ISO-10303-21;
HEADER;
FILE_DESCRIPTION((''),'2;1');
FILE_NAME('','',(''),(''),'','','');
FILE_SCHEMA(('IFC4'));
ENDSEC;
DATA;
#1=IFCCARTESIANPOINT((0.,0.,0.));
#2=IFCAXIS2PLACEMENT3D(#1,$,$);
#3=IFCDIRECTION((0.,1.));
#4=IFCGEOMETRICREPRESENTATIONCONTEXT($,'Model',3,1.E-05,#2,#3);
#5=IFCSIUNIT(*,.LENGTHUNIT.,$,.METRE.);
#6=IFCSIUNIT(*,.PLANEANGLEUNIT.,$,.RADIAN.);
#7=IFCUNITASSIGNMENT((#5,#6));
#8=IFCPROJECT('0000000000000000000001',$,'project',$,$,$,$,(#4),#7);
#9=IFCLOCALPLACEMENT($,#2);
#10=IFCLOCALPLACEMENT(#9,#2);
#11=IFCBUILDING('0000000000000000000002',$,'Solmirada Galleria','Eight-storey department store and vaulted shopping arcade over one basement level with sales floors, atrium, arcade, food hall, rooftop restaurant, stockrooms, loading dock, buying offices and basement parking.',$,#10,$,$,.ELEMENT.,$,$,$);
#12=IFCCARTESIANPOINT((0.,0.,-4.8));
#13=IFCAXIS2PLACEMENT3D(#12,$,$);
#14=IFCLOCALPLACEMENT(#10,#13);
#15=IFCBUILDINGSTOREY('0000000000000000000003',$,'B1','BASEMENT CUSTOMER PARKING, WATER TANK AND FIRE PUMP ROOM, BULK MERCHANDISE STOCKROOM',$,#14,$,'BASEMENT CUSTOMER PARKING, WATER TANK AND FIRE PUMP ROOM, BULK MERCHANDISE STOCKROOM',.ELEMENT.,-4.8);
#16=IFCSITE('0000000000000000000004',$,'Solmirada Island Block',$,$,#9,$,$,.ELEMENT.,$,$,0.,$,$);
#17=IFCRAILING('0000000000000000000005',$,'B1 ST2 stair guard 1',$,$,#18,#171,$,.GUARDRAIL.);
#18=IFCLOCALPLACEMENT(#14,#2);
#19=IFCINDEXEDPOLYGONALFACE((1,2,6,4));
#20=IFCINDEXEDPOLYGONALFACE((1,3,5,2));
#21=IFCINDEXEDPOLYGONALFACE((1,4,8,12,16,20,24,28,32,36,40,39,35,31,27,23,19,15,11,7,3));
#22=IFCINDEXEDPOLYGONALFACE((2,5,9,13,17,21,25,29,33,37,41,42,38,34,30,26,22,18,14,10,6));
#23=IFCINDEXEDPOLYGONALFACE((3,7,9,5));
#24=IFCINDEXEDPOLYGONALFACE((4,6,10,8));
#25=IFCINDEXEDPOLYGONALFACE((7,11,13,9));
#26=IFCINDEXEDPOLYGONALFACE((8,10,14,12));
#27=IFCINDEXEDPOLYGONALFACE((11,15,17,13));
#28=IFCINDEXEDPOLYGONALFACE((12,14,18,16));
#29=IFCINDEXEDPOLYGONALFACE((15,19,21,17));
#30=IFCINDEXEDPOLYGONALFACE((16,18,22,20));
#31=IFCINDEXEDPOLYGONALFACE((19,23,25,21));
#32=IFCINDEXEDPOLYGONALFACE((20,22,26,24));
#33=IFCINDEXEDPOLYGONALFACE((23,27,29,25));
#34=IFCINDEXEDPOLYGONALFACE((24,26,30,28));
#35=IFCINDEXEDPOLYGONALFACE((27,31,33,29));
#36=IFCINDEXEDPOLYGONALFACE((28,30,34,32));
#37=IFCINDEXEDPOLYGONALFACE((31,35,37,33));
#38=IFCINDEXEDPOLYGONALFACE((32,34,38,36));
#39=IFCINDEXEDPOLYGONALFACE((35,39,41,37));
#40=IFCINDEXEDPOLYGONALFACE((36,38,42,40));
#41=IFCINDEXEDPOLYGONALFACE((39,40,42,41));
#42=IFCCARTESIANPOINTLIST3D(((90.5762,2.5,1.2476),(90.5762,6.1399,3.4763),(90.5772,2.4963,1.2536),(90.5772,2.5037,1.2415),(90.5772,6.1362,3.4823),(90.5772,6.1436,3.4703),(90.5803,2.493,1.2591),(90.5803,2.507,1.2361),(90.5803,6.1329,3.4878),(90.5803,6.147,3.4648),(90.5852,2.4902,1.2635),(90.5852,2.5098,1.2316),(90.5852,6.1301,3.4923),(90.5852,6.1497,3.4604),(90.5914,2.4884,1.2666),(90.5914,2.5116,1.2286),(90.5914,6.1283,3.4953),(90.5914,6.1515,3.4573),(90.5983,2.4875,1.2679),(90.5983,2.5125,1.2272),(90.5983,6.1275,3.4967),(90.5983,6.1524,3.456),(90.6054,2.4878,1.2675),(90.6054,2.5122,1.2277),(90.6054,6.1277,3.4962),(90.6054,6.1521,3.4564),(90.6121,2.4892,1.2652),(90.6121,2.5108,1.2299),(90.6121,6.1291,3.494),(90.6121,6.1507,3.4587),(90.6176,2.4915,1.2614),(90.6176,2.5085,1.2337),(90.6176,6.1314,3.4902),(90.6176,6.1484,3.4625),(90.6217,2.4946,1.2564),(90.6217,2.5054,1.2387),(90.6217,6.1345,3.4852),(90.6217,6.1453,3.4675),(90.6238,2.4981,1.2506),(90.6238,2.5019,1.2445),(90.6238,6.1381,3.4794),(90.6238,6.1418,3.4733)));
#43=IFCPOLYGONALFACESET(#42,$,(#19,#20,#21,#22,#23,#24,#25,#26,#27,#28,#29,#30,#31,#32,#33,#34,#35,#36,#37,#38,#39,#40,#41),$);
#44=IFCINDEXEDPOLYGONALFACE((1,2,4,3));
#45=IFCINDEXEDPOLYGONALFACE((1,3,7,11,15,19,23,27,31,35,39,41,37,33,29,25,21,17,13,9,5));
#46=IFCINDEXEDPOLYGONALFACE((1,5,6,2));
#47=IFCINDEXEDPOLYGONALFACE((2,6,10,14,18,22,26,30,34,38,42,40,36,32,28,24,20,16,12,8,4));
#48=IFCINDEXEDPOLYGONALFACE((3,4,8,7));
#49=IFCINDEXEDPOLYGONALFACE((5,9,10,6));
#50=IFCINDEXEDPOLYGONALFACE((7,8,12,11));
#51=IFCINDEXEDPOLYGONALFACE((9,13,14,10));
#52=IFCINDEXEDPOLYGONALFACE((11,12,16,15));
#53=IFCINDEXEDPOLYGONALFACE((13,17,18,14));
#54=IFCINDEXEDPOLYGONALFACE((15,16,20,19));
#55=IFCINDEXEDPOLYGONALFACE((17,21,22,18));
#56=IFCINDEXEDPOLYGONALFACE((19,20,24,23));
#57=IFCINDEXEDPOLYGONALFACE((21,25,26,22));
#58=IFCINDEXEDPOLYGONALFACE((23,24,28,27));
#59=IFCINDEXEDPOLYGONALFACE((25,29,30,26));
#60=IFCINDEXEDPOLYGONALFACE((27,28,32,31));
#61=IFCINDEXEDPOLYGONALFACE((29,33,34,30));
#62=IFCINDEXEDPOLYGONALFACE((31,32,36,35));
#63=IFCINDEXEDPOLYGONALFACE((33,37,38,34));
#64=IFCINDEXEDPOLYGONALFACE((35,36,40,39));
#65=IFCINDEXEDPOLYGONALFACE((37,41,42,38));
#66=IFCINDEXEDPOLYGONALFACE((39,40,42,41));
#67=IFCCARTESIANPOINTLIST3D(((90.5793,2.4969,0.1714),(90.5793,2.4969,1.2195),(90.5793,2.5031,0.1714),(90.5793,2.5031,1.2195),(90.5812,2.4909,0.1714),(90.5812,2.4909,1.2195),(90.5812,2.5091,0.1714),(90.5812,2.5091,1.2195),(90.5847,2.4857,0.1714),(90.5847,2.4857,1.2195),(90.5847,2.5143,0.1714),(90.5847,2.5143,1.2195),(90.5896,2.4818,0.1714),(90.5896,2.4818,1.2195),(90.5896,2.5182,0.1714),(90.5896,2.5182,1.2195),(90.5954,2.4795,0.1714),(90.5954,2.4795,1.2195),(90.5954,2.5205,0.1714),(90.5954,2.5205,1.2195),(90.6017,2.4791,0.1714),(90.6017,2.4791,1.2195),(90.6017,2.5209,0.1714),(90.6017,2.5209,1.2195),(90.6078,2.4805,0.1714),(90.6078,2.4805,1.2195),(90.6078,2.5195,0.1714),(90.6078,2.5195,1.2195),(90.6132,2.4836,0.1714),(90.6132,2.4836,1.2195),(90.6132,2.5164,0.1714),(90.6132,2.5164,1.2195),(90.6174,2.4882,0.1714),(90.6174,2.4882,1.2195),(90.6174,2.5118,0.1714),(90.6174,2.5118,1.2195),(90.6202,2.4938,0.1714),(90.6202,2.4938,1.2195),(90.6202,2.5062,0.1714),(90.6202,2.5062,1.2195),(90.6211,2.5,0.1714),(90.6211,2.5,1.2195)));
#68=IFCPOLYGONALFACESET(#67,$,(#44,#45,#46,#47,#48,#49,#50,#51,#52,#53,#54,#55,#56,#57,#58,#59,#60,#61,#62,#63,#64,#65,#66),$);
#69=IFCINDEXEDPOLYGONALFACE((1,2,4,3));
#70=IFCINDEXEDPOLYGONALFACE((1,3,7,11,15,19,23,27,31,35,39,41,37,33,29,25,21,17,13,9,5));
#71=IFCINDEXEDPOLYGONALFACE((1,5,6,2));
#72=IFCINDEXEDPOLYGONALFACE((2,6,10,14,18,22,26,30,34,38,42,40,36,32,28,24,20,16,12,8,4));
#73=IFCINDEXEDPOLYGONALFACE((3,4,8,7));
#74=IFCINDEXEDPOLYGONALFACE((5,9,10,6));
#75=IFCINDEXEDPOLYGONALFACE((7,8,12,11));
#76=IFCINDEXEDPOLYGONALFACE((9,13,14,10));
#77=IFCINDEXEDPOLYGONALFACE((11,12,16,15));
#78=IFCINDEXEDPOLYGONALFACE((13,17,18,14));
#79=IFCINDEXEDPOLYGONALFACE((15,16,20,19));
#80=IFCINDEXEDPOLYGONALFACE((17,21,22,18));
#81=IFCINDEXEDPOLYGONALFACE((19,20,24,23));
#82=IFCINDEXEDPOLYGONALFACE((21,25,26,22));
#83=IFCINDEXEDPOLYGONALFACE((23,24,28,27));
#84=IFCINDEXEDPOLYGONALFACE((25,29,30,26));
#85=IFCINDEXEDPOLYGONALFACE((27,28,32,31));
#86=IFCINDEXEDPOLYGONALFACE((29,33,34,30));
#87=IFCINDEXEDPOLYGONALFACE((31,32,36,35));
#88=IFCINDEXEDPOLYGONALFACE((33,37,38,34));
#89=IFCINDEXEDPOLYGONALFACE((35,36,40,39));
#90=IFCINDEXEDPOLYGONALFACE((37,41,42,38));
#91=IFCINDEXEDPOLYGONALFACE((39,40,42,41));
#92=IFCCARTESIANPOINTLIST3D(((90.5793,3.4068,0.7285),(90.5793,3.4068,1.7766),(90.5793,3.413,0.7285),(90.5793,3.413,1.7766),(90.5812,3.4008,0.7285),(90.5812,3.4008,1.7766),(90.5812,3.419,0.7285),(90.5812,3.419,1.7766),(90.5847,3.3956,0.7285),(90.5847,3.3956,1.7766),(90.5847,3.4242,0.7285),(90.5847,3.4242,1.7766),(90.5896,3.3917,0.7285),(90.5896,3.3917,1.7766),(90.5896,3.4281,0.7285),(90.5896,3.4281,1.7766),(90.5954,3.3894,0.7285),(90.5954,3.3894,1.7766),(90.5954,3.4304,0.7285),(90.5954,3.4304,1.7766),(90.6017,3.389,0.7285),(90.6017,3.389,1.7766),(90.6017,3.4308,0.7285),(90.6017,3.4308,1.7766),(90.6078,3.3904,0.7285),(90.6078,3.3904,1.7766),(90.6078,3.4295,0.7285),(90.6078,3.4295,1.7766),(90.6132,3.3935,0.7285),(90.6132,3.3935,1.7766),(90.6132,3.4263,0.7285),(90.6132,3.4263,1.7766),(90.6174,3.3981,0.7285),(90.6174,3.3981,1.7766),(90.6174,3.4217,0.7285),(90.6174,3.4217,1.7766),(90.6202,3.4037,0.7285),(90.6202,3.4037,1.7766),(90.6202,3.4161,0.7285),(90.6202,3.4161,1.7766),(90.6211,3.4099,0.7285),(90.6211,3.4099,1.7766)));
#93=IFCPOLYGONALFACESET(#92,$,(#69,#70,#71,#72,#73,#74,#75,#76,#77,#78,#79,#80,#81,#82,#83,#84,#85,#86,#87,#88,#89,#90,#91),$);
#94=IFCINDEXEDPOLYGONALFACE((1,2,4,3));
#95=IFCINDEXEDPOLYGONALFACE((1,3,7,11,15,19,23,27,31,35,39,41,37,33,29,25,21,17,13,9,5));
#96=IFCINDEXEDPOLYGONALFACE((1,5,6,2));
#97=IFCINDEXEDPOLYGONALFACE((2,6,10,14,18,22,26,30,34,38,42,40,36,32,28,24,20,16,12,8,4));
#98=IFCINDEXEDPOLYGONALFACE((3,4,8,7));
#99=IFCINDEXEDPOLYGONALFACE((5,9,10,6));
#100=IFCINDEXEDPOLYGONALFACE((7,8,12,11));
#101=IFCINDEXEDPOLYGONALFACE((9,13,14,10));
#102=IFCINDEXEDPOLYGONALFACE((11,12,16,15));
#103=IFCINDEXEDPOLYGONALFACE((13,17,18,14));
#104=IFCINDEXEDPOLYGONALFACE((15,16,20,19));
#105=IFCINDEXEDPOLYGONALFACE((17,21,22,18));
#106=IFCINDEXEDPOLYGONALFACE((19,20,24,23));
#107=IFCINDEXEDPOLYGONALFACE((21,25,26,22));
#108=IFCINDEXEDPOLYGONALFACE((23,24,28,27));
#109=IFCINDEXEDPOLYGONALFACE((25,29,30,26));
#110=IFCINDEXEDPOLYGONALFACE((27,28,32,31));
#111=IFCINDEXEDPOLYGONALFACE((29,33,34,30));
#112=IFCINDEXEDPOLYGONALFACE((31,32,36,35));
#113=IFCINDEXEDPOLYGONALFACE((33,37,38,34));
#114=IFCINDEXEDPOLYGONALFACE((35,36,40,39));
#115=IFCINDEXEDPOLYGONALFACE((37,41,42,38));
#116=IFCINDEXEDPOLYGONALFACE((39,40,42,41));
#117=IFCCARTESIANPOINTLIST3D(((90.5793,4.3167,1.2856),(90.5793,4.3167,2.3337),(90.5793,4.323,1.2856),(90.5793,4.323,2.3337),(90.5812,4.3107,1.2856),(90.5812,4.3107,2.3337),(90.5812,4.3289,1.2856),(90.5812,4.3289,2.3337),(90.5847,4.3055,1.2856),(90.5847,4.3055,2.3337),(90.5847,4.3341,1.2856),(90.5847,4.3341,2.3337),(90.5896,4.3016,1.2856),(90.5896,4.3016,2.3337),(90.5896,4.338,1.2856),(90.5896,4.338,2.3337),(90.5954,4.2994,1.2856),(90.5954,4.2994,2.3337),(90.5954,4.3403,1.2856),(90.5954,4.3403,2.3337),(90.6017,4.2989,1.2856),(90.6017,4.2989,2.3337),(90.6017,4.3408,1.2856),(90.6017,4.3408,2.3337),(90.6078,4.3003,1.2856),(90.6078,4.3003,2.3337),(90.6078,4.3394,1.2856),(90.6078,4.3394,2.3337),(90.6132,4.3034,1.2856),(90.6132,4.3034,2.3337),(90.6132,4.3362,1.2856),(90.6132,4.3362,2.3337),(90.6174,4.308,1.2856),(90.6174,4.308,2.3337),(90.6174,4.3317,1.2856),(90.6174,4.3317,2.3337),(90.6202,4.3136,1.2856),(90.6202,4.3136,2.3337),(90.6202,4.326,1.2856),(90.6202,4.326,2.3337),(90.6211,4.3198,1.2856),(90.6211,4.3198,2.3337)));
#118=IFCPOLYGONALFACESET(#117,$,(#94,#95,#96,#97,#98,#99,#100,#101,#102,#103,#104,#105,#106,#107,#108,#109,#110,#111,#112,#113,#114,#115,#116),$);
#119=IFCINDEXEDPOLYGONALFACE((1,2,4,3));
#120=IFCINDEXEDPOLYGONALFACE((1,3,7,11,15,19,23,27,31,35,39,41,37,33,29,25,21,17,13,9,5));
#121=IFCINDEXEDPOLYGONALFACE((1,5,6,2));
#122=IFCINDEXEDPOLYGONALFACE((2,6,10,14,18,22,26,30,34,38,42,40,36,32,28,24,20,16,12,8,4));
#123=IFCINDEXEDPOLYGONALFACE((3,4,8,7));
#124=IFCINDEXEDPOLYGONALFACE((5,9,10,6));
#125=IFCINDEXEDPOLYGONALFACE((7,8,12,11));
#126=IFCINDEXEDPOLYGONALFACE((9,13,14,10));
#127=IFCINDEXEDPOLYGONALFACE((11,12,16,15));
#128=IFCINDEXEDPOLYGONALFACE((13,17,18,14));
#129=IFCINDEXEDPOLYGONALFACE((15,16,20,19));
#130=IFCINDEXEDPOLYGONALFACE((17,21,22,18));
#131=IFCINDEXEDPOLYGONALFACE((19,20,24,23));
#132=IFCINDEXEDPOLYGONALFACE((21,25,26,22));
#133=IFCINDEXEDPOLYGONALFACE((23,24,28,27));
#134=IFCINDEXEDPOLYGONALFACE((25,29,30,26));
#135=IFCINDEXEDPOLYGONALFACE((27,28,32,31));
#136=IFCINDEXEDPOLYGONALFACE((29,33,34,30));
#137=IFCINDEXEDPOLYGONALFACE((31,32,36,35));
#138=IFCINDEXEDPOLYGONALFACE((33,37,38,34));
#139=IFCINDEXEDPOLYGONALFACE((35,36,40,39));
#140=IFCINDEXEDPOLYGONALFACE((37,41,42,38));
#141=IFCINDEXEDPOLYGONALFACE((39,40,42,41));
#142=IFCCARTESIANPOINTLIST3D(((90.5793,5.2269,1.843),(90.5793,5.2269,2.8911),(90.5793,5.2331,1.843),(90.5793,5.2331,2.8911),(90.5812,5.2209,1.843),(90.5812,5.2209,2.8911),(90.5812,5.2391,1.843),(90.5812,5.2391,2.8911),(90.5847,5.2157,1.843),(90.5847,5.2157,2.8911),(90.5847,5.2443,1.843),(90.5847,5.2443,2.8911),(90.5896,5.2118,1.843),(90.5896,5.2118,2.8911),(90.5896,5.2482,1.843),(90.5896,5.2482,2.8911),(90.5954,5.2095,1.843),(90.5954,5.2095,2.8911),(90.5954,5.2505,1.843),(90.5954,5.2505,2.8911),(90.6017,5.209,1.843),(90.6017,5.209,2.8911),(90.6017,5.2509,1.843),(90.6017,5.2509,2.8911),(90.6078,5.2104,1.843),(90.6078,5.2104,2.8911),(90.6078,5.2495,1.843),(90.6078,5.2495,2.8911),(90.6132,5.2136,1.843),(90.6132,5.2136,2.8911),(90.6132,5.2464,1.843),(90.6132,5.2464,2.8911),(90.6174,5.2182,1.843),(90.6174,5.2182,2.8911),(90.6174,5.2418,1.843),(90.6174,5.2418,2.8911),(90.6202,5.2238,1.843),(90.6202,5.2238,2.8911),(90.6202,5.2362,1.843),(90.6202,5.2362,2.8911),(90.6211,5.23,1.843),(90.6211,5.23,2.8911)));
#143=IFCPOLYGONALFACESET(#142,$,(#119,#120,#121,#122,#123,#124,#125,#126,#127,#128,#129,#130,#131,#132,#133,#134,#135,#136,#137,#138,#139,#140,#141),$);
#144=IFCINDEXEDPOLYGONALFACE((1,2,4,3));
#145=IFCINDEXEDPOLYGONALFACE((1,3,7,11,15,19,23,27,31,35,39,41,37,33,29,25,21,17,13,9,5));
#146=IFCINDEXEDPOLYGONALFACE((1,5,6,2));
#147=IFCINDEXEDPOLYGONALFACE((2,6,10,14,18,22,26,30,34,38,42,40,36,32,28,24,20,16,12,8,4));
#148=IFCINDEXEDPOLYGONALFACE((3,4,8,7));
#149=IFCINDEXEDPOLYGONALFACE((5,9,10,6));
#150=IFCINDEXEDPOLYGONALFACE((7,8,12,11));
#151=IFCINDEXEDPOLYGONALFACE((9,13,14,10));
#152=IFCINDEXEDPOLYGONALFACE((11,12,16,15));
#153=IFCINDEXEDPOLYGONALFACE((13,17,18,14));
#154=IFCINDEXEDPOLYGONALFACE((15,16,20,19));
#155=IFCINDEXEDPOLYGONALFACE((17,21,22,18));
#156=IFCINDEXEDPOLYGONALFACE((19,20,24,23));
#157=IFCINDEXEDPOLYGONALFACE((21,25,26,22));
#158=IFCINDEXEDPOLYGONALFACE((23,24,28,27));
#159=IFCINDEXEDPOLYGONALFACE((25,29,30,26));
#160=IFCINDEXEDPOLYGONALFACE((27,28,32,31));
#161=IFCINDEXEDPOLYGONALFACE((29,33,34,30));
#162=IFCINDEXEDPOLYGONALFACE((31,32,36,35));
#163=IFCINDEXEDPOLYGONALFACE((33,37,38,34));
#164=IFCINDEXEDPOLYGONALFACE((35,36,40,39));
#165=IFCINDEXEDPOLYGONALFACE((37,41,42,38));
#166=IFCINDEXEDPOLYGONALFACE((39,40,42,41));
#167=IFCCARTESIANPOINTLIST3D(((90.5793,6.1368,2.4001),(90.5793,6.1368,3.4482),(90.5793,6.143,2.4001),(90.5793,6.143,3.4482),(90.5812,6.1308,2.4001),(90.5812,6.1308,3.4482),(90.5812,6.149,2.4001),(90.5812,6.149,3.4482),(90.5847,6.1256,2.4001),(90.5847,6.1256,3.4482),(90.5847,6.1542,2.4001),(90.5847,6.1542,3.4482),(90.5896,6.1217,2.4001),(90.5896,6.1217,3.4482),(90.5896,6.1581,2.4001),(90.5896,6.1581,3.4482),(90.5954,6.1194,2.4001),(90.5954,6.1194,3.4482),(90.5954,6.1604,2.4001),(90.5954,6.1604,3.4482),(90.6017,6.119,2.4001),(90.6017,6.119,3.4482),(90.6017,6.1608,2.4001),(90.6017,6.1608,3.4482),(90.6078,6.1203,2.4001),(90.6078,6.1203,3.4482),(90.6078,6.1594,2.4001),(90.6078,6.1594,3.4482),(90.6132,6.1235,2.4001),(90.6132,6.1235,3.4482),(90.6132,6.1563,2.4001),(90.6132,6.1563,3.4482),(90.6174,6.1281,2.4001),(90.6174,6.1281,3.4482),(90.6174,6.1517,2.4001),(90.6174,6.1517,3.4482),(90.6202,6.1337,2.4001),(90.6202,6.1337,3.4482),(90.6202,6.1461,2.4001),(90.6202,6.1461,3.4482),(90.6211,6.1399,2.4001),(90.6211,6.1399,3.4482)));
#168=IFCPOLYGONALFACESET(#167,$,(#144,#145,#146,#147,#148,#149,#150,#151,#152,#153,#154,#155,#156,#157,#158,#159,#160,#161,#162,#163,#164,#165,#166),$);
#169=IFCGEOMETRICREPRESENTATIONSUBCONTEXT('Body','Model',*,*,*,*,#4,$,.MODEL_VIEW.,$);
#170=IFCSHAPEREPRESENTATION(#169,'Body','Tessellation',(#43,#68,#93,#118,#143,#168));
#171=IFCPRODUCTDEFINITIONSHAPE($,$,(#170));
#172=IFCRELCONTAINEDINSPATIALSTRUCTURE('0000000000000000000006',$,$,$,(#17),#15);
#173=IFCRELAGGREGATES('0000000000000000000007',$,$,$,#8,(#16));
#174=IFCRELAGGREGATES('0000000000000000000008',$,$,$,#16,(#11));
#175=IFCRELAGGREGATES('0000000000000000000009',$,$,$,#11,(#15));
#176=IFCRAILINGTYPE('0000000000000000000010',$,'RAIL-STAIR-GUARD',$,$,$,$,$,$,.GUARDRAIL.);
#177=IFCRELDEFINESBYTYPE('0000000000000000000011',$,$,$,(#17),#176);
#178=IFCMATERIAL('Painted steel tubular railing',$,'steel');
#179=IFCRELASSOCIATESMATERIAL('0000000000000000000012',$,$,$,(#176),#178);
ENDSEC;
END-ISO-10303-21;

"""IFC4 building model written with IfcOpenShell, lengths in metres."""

from ifc_helpers import new_model, si_unit, direction, frame, origin, origin_2d, place, context, subcontext, project, spatial, circle, extrude, material, type_object, element, save


model = new_model("IFC4")

# Units and contexts
model_context = context("Model", 3, precision=1e-05, world=origin(), true_north=direction((0.0, 1.0)))
body_context = subcontext(model_context, "Body", "Model", "MODEL_VIEW")
ifc_project = project(units=[si_unit("LENGTHUNIT", "METRE"), si_unit("PLANEANGLEUNIT", "RADIAN")], contexts=[model_context])

# Site, building, storey
site_placement = place(None, origin())
site = spatial("IfcSite", under=ifc_project, at=site_placement, Name="Solmirada Island Block", CompositionType="ELEMENT", RefElevation=0.0)
building_placement = place(site_placement, origin())
building = spatial("IfcBuilding", under=site, at=building_placement, Name="Solmirada Galleria", Description="Eight-storey department store and vaulted shopping arcade over one basement level with sales floors, atrium, arcade, food hall, rooftop restaurant, stockrooms, loading dock, buying offices and basement parking.", CompositionType="ELEMENT")
storey_placement = place(building_placement, frame((0.0, 0.0, -4.8)))
storey = spatial("IfcBuildingStorey", under=building, at=storey_placement, Name="B1", Description="BASEMENT CUSTOMER PARKING, WATER TANK AND FIRE PUMP ROOM, BULK MERCHANDISE STOCKROOM", LongName="BASEMENT CUSTOMER PARKING, WATER TANK AND FIRE PUMP ROOM, BULK MERCHANDISE STOCKROOM", CompositionType="ELEMENT", Elevation=-4.8)

# Railing
ifc_material_1 = material(Name="Painted steel tubular railing", Category="steel")
railing_type_1 = type_object("IfcRailingType", Name="RAIL-STAIR-GUARD", PredefinedType="GUARDRAIL", material=ifc_material_1)
railing_1_placement = place(storey_placement, frame((90.6001, 2.5, 0.1714)))
element("IfcRailing", 1, at=railing_1_placement, inside=storey, type_object=railing_type_1, Name="B1 ST2 stair guard 1", PredefinedType="GUARDRAIL", context=body_context, shape_type="SweptSolid", body=[
    extrude(circle(Radius=0.0239, at=origin_2d()), frame((0.0, 0.0, 1.0762), z_axis=(0.0, 0.852825, 0.522197), x_axis=(-1.0, 0.0, 0.0)), (0.0, 0.0, 1.0), 4.2681),
    extrude(circle(Radius=0.021, at=origin_2d()), origin(), (0.0, 0.0, 1.0), 1.0481),
    extrude(circle(Radius=0.021, at=origin_2d()), frame((0.0, 0.9099, 0.5571)), (0.0, 0.0, 1.0), 1.0481),
    extrude(circle(Radius=0.021, at=origin_2d()), frame((0.0, 1.8198, 1.1143)), (0.0, 0.0, 1.0), 1.0481),
    extrude(circle(Radius=0.021, at=origin_2d()), frame((0.0, 2.73, 1.6716)), (0.0, 0.0, 1.0), 1.0481),
    extrude(circle(Radius=0.021, at=origin_2d()), frame((0.0, 3.6399, 2.2288)), (0.0, 0.0, 1.0), 1.0481),
])

save(model, "model.ifc")
